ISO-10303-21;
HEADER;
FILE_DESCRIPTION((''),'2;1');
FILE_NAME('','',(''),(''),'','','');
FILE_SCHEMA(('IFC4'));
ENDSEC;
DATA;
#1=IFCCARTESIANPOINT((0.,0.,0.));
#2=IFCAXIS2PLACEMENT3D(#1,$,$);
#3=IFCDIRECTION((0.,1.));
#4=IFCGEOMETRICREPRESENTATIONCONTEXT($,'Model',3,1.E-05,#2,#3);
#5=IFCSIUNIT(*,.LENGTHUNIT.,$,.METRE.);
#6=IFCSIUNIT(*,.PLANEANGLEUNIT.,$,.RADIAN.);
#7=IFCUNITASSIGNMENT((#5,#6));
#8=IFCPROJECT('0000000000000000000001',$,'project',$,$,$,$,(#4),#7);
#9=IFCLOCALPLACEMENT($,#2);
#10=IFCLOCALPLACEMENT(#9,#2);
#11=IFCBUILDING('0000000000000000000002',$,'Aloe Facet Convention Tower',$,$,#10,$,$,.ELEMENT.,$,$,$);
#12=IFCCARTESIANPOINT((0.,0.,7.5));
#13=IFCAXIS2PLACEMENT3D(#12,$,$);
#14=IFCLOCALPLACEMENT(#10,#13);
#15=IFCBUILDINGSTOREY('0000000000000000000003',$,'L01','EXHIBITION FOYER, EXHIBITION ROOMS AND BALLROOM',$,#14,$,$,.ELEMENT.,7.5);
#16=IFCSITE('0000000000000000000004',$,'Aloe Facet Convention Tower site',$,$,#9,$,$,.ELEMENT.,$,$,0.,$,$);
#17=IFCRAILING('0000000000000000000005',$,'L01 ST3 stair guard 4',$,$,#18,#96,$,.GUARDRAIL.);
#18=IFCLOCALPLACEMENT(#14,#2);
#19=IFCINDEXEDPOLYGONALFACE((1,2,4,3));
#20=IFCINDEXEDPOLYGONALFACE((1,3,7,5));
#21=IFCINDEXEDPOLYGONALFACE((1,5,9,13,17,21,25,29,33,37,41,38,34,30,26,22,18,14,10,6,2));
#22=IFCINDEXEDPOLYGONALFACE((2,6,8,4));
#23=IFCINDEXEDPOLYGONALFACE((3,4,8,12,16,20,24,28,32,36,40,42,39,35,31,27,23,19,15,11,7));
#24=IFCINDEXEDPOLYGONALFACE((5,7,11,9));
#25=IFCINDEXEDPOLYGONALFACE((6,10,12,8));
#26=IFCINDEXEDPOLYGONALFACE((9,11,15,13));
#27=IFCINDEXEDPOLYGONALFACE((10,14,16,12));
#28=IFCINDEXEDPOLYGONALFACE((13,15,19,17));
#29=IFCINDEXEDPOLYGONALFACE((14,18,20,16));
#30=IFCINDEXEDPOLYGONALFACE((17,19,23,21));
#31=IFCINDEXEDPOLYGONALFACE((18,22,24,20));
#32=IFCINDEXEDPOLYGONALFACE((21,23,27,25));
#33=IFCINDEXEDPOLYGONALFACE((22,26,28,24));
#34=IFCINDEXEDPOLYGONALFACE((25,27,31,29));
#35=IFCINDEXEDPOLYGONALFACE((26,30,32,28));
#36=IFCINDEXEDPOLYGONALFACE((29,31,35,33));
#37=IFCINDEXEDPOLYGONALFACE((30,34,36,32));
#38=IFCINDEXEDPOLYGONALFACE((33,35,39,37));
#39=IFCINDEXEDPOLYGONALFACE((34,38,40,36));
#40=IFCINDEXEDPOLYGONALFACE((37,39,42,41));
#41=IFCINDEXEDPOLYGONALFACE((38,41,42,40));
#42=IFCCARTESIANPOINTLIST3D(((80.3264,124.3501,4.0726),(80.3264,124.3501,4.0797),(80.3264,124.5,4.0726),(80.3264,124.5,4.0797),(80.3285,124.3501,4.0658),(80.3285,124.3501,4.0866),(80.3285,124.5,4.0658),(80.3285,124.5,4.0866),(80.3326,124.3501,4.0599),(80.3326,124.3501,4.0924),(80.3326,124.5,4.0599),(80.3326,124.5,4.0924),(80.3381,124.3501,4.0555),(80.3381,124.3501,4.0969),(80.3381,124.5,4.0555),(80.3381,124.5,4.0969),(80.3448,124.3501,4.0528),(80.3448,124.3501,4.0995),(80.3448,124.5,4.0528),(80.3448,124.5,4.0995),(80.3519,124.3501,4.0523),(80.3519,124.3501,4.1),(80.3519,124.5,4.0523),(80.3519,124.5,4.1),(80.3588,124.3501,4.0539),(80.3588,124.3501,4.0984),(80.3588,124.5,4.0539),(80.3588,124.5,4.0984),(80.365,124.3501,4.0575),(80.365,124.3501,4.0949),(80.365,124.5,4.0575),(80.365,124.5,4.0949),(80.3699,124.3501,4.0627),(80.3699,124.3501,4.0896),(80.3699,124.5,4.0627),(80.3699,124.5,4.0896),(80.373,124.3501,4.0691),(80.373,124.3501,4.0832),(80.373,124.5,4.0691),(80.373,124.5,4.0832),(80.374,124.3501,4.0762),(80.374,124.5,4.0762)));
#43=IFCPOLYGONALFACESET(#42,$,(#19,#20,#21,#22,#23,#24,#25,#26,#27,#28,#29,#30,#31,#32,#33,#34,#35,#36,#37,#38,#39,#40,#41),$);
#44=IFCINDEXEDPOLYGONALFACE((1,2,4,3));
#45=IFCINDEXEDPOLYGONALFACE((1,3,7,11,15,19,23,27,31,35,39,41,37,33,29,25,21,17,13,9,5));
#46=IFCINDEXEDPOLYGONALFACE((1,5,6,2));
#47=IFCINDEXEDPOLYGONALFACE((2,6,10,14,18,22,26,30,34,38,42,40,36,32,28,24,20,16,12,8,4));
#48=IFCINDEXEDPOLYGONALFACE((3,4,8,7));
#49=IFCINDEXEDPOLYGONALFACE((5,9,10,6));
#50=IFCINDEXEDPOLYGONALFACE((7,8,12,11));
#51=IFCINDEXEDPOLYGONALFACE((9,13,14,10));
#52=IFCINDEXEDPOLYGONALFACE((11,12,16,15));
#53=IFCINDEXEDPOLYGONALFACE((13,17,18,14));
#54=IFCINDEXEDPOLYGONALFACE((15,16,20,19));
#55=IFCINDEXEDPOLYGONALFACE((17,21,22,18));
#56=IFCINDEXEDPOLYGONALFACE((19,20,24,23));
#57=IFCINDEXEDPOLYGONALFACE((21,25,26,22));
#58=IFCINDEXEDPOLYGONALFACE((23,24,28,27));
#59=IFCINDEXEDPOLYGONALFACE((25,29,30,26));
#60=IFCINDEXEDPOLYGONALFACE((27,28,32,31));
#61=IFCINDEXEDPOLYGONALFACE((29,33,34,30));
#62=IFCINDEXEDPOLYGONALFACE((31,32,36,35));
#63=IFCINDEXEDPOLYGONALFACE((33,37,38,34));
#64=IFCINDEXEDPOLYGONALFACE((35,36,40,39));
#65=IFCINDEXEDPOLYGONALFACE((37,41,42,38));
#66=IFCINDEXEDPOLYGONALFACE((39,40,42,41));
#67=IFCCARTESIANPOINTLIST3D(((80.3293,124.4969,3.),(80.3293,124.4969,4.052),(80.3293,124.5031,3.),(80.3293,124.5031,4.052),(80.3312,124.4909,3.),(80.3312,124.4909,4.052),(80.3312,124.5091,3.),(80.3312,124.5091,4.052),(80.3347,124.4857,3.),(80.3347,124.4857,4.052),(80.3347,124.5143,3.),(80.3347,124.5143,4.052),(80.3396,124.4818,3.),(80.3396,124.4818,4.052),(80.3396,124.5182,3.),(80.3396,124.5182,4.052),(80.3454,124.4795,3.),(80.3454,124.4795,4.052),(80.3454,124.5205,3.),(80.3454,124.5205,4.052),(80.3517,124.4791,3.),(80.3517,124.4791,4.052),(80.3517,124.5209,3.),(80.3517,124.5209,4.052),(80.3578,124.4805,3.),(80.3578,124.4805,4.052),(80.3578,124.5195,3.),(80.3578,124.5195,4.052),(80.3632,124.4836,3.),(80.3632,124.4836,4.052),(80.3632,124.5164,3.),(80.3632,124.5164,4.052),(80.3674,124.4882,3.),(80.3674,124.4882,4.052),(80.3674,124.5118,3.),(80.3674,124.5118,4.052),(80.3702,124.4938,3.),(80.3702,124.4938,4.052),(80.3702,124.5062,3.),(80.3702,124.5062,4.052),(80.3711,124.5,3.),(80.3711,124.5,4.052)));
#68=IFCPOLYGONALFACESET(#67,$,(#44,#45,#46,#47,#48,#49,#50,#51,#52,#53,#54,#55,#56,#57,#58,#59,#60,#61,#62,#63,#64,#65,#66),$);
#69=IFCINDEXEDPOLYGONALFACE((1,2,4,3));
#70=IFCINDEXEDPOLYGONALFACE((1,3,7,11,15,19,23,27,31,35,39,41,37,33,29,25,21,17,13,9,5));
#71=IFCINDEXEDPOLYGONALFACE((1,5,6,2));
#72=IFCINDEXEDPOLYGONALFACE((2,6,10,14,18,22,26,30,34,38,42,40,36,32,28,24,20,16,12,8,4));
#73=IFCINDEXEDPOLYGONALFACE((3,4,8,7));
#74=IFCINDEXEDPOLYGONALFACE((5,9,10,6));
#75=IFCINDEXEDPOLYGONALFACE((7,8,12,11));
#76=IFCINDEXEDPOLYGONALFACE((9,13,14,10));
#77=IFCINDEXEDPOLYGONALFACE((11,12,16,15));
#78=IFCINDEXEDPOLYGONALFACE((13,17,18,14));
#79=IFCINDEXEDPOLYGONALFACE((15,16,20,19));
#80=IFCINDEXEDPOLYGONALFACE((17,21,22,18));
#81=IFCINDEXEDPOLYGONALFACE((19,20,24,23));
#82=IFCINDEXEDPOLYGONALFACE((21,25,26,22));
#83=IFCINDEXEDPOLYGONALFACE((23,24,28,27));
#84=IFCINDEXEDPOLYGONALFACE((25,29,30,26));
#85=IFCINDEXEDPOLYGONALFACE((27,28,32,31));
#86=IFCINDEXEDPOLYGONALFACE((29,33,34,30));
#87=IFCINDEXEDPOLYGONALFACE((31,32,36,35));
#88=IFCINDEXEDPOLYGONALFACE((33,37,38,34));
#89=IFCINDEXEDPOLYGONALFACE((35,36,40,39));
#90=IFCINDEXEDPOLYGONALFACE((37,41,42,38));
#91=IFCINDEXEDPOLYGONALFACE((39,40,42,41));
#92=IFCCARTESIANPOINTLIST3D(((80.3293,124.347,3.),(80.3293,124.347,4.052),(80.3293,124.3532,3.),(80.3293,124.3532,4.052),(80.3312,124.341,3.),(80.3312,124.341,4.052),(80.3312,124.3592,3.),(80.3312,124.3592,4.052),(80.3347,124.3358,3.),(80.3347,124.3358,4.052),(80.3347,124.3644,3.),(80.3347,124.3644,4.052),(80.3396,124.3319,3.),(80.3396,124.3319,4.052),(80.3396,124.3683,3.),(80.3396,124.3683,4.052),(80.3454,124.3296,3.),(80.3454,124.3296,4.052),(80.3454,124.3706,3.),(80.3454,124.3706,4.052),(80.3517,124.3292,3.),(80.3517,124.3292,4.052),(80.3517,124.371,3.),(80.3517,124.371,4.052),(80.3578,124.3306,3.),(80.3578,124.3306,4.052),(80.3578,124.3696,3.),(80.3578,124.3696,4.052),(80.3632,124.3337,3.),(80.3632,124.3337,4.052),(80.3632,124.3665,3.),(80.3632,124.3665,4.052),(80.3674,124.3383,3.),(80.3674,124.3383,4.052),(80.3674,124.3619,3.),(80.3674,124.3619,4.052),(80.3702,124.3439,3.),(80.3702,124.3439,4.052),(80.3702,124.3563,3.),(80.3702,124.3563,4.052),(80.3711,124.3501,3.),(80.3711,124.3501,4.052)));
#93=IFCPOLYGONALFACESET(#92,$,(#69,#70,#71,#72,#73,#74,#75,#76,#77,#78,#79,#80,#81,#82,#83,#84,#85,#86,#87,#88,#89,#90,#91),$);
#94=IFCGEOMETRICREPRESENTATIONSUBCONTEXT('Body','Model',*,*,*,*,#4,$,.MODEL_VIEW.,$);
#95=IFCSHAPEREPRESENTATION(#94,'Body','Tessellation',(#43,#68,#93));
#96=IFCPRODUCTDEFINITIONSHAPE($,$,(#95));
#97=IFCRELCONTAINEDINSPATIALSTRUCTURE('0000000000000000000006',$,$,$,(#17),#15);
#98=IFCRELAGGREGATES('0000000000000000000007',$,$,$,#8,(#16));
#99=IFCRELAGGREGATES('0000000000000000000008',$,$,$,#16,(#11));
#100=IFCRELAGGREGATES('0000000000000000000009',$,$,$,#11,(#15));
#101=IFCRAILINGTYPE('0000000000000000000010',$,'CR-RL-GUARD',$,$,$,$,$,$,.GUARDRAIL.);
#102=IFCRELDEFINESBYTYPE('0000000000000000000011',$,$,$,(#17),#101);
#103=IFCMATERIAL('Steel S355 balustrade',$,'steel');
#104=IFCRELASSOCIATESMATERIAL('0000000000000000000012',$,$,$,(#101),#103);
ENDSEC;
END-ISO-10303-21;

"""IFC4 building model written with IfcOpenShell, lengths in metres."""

from ifc_helpers import new_model, si_unit, direction, frame, origin, origin_2d, place, context, subcontext, project, spatial, circle, extrude, material, type_object, element, save


model = new_model("IFC4")

# Units and contexts
model_context = context("Model", 3, precision=1e-05, world=origin(), true_north=direction((0.0, 1.0)))
body_context = subcontext(model_context, "Body", "Model", "MODEL_VIEW")
ifc_project = project(units=[si_unit("LENGTHUNIT", "METRE"), si_unit("PLANEANGLEUNIT", "RADIAN")], contexts=[model_context])

# Site, building, storey
site_placement = place(None, origin())
site = spatial("IfcSite", under=ifc_project, at=site_placement, Name="Aloe Facet Convention Tower site", CompositionType="ELEMENT", RefElevation=0.0)
building_placement = place(site_placement, origin())
building = spatial("IfcBuilding", under=site, at=building_placement, Name="Aloe Facet Convention Tower", CompositionType="ELEMENT")
storey_placement = place(building_placement, frame((0.0, 0.0, 7.5)))
storey = spatial("IfcBuildingStorey", under=building, at=storey_placement, Name="L01", Description="EXHIBITION FOYER, EXHIBITION ROOMS AND BALLROOM", CompositionType="ELEMENT", Elevation=7.5)

# Railing
ifc_material_1 = material(Name="Steel S355 balustrade", Category="steel")
railing_type_1 = type_object("IfcRailingType", Name="CR-RL-GUARD", PredefinedType="GUARDRAIL", material=ifc_material_1)
railing_1_placement = place(storey_placement, frame((80.3501, 124.5, 3.0)))
element("IfcRailing", 1, at=railing_1_placement, inside=storey, type_object=railing_type_1, Name="L01 ST3 stair guard 4", PredefinedType="GUARDRAIL", context=body_context, shape_type="SweptSolid", body=[
    extrude(circle(Radius=0.0239, at=origin_2d()), frame((0.0, 0.0, 1.0762), z_axis=(0.0, -1.0, 0.0), x_axis=(1.0, 0.0, 0.0)), (0.0, 0.0, 1.0), 0.1499),
    extrude(circle(Radius=0.021, at=origin_2d()), origin(), (0.0, 0.0, 1.0), 1.052),
    extrude(circle(Radius=0.021, at=origin_2d()), frame((0.0, -0.1499, 0.0)), (0.0, 0.0, 1.0), 1.052),
])

save(model, "model.ifc")
